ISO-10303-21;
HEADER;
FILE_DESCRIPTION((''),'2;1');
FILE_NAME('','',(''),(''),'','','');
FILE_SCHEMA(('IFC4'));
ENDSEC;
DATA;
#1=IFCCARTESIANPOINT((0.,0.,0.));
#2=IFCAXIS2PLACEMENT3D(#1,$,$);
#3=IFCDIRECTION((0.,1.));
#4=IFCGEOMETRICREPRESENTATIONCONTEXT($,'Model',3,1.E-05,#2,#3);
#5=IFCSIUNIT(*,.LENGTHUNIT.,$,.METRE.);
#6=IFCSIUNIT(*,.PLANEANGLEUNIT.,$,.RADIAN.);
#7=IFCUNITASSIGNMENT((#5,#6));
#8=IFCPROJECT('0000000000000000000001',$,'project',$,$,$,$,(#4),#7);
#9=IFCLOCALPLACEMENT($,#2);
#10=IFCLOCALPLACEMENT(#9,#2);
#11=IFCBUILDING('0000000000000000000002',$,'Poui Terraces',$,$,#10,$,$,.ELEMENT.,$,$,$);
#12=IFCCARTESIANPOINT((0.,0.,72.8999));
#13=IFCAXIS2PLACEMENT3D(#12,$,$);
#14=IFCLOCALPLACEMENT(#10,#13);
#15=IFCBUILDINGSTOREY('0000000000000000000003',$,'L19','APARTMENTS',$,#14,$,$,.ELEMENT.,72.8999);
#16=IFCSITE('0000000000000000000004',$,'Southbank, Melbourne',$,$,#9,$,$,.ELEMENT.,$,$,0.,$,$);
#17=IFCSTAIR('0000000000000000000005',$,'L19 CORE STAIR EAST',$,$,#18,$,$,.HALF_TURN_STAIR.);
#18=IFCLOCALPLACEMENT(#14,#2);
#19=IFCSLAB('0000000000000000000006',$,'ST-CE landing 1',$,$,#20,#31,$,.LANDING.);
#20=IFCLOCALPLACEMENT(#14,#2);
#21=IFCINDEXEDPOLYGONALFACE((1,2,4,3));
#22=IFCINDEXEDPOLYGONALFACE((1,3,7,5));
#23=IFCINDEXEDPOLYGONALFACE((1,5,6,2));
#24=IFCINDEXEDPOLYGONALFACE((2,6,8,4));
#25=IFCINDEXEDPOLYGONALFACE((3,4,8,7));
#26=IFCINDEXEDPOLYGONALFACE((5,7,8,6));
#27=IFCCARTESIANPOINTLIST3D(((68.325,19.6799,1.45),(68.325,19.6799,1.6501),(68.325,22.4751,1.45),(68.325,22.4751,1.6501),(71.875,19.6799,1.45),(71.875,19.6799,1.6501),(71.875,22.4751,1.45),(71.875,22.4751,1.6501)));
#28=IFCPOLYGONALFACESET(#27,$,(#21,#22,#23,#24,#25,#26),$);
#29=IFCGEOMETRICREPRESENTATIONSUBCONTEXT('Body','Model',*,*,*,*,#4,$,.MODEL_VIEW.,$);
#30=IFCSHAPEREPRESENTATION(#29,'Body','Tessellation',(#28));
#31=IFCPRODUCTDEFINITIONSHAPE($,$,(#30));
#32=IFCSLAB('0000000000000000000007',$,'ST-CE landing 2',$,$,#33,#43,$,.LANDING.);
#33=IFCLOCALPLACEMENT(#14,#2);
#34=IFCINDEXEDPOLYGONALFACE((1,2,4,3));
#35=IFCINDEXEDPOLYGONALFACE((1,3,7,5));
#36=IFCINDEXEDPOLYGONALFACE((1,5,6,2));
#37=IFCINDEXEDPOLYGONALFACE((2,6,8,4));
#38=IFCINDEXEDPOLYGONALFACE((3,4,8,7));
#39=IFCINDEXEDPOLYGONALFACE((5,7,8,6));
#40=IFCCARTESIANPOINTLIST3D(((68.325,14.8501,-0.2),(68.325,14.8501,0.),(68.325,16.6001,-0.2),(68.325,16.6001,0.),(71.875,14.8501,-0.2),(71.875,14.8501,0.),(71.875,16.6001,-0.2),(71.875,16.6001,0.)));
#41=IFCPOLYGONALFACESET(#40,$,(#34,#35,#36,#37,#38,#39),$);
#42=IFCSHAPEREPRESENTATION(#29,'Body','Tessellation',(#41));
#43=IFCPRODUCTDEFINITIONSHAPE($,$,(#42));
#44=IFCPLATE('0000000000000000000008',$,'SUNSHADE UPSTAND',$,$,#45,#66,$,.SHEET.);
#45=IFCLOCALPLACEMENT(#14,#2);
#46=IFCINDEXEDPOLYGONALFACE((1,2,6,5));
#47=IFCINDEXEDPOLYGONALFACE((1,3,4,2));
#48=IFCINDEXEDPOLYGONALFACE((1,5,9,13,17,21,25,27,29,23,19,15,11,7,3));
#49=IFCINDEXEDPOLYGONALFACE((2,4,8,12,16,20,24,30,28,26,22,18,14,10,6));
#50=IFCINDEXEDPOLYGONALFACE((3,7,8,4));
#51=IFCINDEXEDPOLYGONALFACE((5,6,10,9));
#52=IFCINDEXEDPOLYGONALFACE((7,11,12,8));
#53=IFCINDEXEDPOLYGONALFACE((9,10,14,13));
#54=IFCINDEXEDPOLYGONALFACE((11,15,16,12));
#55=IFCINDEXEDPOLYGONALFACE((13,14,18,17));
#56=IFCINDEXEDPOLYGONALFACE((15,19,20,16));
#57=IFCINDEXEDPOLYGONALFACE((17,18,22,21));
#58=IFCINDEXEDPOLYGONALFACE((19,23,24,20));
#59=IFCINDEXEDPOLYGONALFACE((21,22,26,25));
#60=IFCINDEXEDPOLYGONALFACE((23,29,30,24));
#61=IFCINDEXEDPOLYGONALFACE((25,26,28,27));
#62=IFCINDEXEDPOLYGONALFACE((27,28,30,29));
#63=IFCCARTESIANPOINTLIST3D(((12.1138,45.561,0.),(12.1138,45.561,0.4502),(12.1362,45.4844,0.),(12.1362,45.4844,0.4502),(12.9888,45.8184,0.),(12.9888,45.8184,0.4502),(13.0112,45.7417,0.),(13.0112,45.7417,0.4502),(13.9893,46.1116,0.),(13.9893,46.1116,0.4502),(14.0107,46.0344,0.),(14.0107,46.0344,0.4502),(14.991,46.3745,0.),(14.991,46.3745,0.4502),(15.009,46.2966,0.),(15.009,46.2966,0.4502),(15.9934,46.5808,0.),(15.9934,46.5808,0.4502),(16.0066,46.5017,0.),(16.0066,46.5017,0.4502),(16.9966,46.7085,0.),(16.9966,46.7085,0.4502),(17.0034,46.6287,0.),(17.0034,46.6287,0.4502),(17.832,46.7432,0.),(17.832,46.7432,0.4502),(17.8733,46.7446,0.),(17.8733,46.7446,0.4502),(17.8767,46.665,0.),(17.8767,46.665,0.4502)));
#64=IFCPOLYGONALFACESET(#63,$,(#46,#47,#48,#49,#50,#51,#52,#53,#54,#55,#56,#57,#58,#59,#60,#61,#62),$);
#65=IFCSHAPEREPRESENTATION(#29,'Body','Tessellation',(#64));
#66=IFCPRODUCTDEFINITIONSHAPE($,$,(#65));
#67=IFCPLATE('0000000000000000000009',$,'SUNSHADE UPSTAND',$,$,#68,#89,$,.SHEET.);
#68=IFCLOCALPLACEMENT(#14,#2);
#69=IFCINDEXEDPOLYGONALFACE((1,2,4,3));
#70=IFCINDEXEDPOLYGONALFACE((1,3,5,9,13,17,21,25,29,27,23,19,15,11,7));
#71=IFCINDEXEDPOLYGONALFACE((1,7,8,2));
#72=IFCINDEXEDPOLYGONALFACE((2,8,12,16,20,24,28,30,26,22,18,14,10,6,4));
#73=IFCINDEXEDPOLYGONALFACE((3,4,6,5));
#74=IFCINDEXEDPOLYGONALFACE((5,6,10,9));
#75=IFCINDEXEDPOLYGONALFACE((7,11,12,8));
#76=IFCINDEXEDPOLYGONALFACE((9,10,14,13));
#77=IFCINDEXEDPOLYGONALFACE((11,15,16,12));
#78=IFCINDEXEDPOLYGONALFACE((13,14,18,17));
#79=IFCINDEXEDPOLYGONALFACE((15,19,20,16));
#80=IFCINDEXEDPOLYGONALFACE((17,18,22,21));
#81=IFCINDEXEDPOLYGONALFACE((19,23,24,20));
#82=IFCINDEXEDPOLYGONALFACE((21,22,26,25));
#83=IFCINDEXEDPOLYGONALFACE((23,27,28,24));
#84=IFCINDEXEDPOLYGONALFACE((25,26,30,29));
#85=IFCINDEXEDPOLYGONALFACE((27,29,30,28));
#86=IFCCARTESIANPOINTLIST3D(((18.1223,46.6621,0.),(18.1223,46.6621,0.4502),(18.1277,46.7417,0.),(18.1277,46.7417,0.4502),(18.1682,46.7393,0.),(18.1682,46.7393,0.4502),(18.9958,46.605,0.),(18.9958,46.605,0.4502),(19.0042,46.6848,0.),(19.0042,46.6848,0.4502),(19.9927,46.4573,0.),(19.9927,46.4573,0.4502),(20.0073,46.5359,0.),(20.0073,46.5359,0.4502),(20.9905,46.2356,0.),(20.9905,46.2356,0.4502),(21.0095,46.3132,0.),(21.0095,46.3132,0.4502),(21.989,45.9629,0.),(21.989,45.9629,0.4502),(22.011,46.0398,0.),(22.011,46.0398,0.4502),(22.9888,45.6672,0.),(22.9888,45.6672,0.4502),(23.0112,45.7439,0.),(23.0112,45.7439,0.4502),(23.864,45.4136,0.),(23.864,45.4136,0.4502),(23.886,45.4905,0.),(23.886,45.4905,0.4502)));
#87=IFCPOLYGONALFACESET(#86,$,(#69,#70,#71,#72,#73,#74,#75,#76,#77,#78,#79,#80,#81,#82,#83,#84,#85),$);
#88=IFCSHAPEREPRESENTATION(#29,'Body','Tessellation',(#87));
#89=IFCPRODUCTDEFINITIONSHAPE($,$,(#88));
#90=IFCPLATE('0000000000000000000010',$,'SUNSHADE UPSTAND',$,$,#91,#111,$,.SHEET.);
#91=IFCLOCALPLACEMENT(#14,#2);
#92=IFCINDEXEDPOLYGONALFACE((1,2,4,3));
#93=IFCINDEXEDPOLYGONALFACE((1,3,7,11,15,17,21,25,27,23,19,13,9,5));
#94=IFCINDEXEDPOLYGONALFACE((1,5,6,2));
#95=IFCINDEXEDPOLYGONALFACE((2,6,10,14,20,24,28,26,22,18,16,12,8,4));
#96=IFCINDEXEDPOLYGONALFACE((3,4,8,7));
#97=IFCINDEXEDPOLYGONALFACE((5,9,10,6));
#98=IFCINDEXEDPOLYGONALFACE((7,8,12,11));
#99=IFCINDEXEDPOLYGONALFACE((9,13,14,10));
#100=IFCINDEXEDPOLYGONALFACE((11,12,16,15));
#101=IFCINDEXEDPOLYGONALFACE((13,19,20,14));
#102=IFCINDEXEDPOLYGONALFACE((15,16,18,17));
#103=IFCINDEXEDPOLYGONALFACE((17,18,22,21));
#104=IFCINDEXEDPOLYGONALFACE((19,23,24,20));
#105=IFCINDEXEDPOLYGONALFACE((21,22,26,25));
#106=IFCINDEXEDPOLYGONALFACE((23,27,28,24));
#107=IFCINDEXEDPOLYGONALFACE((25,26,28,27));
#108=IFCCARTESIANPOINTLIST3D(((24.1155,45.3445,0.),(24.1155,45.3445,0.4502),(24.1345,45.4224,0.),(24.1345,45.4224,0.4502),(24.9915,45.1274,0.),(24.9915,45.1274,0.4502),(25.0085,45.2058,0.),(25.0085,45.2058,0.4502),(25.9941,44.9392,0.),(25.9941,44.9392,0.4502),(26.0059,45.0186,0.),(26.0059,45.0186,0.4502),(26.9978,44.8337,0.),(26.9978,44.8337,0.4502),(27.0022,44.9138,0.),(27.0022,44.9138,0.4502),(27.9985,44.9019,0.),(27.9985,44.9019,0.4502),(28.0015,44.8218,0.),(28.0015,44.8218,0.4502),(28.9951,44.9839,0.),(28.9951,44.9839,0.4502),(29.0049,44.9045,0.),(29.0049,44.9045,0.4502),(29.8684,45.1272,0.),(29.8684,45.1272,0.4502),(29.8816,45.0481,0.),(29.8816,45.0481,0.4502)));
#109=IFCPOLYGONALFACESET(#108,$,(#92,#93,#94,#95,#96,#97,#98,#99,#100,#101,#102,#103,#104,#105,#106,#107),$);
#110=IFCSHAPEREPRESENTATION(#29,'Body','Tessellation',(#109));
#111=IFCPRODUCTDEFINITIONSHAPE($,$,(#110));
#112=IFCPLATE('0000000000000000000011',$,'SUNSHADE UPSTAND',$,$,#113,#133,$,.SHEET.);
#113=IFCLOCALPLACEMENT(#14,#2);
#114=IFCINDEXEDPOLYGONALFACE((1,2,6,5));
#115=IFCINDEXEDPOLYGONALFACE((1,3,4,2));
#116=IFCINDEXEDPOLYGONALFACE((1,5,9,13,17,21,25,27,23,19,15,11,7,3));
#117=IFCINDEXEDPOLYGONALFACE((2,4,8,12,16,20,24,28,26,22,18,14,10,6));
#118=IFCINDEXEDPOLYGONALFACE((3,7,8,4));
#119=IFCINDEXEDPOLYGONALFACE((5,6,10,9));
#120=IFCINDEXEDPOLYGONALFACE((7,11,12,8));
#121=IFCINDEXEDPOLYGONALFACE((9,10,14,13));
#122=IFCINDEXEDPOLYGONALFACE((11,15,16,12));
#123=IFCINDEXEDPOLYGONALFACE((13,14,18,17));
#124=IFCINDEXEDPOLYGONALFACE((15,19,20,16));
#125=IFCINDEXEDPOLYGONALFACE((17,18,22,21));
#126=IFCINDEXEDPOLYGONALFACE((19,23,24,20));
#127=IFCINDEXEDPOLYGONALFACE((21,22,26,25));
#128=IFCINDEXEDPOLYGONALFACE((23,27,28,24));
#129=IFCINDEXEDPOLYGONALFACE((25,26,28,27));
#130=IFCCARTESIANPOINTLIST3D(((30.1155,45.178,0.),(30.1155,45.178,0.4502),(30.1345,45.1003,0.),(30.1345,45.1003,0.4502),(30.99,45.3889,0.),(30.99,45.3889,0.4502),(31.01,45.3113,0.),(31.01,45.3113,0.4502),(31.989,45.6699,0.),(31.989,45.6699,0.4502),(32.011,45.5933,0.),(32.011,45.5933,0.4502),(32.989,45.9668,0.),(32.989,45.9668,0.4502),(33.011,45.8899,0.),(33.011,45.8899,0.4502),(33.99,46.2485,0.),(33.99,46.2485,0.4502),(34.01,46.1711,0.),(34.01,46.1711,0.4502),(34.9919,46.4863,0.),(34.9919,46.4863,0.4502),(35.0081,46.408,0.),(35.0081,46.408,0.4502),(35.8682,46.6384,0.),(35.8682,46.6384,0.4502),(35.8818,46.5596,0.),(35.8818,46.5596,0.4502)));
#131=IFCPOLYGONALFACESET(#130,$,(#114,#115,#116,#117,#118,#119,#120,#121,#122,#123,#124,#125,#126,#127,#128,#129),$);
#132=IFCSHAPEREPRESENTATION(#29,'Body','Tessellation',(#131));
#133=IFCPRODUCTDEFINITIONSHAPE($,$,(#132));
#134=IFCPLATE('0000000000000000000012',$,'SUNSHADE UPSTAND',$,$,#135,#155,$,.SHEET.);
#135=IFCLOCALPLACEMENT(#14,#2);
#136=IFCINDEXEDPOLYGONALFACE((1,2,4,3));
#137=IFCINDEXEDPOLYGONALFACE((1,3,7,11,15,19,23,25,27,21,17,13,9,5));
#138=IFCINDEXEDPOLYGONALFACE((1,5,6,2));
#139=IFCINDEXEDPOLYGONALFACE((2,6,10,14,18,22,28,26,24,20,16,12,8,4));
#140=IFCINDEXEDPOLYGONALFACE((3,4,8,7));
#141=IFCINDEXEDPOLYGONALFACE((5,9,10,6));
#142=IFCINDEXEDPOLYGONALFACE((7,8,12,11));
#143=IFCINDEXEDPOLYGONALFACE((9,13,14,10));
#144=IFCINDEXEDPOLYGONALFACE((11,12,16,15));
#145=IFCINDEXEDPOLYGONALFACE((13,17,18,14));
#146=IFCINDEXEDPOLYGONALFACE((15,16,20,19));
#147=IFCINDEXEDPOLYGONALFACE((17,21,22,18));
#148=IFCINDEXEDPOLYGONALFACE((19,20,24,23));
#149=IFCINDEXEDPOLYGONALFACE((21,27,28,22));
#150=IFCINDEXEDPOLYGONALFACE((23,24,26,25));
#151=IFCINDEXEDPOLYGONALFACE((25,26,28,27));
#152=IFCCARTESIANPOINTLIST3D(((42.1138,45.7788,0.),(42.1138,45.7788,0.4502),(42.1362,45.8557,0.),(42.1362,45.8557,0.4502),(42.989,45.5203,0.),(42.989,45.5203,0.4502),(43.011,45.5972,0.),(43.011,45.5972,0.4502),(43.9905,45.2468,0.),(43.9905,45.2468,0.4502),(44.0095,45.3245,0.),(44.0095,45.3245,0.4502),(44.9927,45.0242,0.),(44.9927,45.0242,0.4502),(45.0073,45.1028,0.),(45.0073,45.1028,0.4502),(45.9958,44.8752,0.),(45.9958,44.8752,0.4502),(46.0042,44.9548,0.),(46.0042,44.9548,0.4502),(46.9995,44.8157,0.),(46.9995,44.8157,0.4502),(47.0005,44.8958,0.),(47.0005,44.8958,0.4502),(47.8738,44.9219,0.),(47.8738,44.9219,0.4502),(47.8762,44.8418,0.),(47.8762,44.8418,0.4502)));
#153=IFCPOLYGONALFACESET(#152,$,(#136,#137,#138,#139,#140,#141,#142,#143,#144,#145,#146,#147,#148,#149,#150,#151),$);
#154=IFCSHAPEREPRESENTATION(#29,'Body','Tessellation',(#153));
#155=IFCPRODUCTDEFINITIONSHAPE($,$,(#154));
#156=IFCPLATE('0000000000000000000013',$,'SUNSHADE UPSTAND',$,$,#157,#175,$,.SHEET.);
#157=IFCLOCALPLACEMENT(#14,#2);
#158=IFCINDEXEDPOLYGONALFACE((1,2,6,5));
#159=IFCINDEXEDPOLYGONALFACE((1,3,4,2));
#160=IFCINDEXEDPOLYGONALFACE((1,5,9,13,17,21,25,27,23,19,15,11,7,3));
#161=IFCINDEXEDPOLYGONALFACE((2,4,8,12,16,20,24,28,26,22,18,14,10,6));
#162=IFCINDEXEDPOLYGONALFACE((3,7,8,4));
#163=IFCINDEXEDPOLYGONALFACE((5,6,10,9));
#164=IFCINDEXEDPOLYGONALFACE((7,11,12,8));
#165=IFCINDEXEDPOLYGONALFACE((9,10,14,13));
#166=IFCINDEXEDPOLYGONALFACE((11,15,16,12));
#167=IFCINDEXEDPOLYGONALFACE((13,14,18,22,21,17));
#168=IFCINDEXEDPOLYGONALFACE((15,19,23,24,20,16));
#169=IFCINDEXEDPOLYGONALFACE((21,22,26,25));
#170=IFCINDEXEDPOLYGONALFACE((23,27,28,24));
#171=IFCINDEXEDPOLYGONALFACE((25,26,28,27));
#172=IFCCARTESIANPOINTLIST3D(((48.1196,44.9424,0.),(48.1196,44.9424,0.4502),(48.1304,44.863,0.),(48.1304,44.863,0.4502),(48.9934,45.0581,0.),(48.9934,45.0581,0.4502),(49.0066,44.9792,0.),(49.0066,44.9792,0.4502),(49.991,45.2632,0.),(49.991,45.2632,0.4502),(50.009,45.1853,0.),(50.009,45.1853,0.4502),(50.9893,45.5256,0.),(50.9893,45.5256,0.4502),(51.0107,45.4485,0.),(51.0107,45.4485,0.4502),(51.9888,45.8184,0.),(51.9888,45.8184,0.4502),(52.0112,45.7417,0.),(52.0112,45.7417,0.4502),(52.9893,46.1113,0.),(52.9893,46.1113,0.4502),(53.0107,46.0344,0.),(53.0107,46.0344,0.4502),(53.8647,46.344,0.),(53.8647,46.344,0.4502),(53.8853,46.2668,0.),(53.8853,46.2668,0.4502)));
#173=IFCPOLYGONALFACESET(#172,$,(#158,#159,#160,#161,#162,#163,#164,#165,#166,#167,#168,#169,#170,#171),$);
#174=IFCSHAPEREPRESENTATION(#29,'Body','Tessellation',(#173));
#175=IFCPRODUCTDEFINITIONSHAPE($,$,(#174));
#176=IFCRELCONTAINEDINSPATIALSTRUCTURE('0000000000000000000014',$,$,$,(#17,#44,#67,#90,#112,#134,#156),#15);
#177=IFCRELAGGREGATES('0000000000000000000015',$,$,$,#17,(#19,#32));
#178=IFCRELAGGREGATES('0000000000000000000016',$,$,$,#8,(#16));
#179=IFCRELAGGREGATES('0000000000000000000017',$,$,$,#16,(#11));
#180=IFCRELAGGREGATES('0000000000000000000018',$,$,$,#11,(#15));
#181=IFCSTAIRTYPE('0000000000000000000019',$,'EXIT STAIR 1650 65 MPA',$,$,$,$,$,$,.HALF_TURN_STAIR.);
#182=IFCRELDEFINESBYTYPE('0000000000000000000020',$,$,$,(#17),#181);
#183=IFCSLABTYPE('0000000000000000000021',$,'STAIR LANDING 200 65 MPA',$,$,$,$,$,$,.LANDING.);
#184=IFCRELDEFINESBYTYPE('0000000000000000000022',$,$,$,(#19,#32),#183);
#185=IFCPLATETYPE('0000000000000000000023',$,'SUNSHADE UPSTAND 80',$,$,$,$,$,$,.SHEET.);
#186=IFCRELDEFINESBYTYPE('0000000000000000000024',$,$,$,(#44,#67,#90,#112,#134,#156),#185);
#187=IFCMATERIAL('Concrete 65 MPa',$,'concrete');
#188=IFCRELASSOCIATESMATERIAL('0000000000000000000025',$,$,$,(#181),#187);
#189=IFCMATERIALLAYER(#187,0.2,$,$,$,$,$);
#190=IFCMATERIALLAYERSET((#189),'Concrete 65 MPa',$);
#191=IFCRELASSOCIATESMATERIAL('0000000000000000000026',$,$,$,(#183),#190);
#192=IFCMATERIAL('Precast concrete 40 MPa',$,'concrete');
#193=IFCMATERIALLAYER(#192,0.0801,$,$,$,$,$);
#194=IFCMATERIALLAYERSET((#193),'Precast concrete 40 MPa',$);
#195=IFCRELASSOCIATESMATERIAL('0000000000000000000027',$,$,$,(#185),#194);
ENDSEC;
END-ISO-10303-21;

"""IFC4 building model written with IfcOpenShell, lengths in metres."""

from ifc_helpers import new_model, si_unit, direction, frame, origin, place, context, subcontext, project, spatial, polyline, outline, extrude, material, layer, layer_set, type_object, element, aggregate, save


model = new_model("IFC4")

# Units and contexts
model_context = context("Model", 3, precision=1e-05, world=origin(), true_north=direction((0.0, 1.0)))
body_context = subcontext(model_context, "Body", "Model", "MODEL_VIEW")
ifc_project = project(units=[si_unit("LENGTHUNIT", "METRE"), si_unit("PLANEANGLEUNIT", "RADIAN")], contexts=[model_context])

# Site, building, storey
site_placement = place(None, origin())
site = spatial("IfcSite", under=ifc_project, at=site_placement, Name="Southbank, Melbourne", CompositionType="ELEMENT", RefElevation=0.0)
building_placement = place(site_placement, origin())
building = spatial("IfcBuilding", under=site, at=building_placement, Name="Poui Terraces", CompositionType="ELEMENT")
storey_placement = place(building_placement, frame((0.0, 0.0, 72.8999)))
storey = spatial("IfcBuildingStorey", under=building, at=storey_placement, Name="L19", Description="APARTMENTS", CompositionType="ELEMENT", Elevation=72.8999)

# Shared definitions
ifc_material_1 = material(Name="Precast concrete 40 MPa", Category="concrete")

# Stair, slabs
ifc_material_2 = material(Name="Concrete 65 MPa", Category="concrete")
stair_type = type_object("IfcStairType", Name="EXIT STAIR 1650 65 MPA", PredefinedType="HALF_TURN_STAIR", material=ifc_material_2)
stair_placement = place(storey_placement, origin())
stair = element("IfcStair", 1, at=stair_placement, inside=storey, type_object=stair_type, Name="L19 CORE STAIR EAST", PredefinedType="HALF_TURN_STAIR")
ifc_layer_1 = layer(ifc_material_2, 0.2)
ifc_layer_set_1 = layer_set([ifc_layer_1], Name="Concrete 65 MPa")
slab_type_1 = type_object("IfcSlabType", Name="STAIR LANDING 200 65 MPA", PredefinedType="LANDING", material=ifc_layer_set_1)
slab_1_placement = place(storey_placement, frame((0.0, 0.0, 1.45)))
slab_1 = element("IfcSlab", 2, at=slab_1_placement, type_object=slab_type_1, Name="ST-CE landing 1", PredefinedType="LANDING", context=body_context, shape_type="SweptSolid", body=[
    extrude(outline(polyline([(68.325, 19.6799), (71.875, 19.6799), (71.875, 22.4751), (68.325, 22.4751), (68.325, 19.6799)])), origin(), (0.0, 0.0, 1.0), 0.2002),
])
slab_2_placement = place(storey_placement, frame((0.0, 0.0, -0.2)))
slab_2 = element("IfcSlab", 3, at=slab_2_placement, type_object=slab_type_1, Name="ST-CE landing 2", PredefinedType="LANDING", context=body_context, shape_type="SweptSolid", body=[
    extrude(outline(polyline([(68.325, 14.8501), (71.875, 14.8501), (71.875, 16.6001), (68.325, 16.6001), (68.325, 14.8501)])), origin(), (0.0, 0.0, 1.0), 0.2),
])
aggregate(stair, [slab_1, slab_2])

# Plates
ifc_layer_2 = layer(ifc_material_1, 0.0801)
ifc_layer_set_2 = layer_set([ifc_layer_2], Name="Precast concrete 40 MPa")
plate_type = type_object("IfcPlateType", Name="SUNSHADE UPSTAND 80", PredefinedType="SHEET", material=ifc_layer_set_2)
plate_1_placement = place(storey_placement, origin())
element("IfcPlate", 4, at=plate_1_placement, inside=storey, type_object=plate_type, Name="SUNSHADE UPSTAND", PredefinedType="SHEET", context=body_context, shape_type="SweptSolid", body=[
    extrude(outline(polyline([(12.9888, 45.8184), (12.1138, 45.561), (12.1362, 45.4844), (13.0112, 45.7417), (14.0107, 46.0344), (15.009, 46.2966), (16.0066, 46.5017), (17.0034, 46.6287), (17.8767, 46.665), (17.8733, 46.7446), (17.832, 46.7432), (16.9966, 46.7085), (15.9934, 46.5808), (14.991, 46.3745), (13.9893, 46.1116), (12.9888, 45.8184)])), origin(), (0.0, 0.0, 1.0), 0.4502),
])
plate_2_placement = place(storey_placement, origin())
element("IfcPlate", 5, at=plate_2_placement, inside=storey, type_object=plate_type, Name="SUNSHADE UPSTAND", PredefinedType="SHEET", context=body_context, shape_type="SweptSolid", body=[
    extrude(outline(polyline([(19.0042, 46.6848), (18.1682, 46.7393), (18.1277, 46.7417), (18.1223, 46.6621), (18.9958, 46.605), (19.9927, 46.4573), (20.9905, 46.2356), (21.989, 45.9629), (22.9888, 45.6672), (23.864, 45.4136), (23.886, 45.4905), (23.0112, 45.7439), (22.011, 46.0398), (21.0095, 46.3132), (20.0073, 46.5359), (19.0042, 46.6848)])), origin(), (0.0, 0.0, 1.0), 0.4502),
])
plate_3_placement = place(storey_placement, origin())
element("IfcPlate", 6, at=plate_3_placement, inside=storey, type_object=plate_type, Name="SUNSHADE UPSTAND", PredefinedType="SHEET", context=body_context, shape_type="SweptSolid", body=[
    extrude(outline(polyline([(25.0085, 45.2058), (24.1345, 45.4224), (24.1155, 45.3445), (24.9915, 45.1274), (25.9941, 44.9392), (26.9978, 44.8337), (28.0015, 44.8218), (29.0049, 44.9045), (29.8816, 45.0481), (29.8684, 45.1272), (28.9951, 44.9839), (27.9985, 44.9019), (27.0022, 44.9138), (26.0059, 45.0186), (25.0085, 45.2058)])), origin(), (0.0, 0.0, 1.0), 0.4502),
])
plate_4_placement = place(storey_placement, origin())
element("IfcPlate", 7, at=plate_4_placement, inside=storey, type_object=plate_type, Name="SUNSHADE UPSTAND", PredefinedType="SHEET", context=body_context, shape_type="SweptSolid", body=[
    extrude(outline(polyline([(30.99, 45.3889), (30.1155, 45.178), (30.1345, 45.1003), (31.01, 45.3113), (32.011, 45.5933), (33.011, 45.8899), (34.01, 46.1711), (35.0081, 46.408), (35.8818, 46.5596), (35.8682, 46.6384), (34.9919, 46.4863), (33.99, 46.2485), (32.989, 45.9668), (31.989, 45.6699), (30.99, 45.3889)])), origin(), (0.0, 0.0, 1.0), 0.4502),
])
plate_5_placement = place(storey_placement, origin())
element("IfcPlate", 8, at=plate_5_placement, inside=storey, type_object=plate_type, Name="SUNSHADE UPSTAND", PredefinedType="SHEET", context=body_context, shape_type="SweptSolid", body=[
    extrude(outline(polyline([(43.011, 45.5972), (42.1362, 45.8557), (42.1138, 45.7788), (42.989, 45.5203), (43.9905, 45.2468), (44.9927, 45.0242), (45.9958, 44.8752), (46.9995, 44.8157), (47.8762, 44.8418), (47.8738, 44.9219), (47.0005, 44.8958), (46.0042, 44.9548), (45.0073, 45.1028), (44.0095, 45.3245), (43.011, 45.5972)])), origin(), (0.0, 0.0, 1.0), 0.4502),
])
plate_6_placement = place(storey_placement, origin())
element("IfcPlate", 9, at=plate_6_placement, inside=storey, type_object=plate_type, Name="SUNSHADE UPSTAND", PredefinedType="SHEET", context=body_context, shape_type="SweptSolid", body=[
    extrude(outline(polyline([(48.9934, 45.0581), (48.1196, 44.9424), (48.1304, 44.863), (49.0066, 44.9792), (50.009, 45.1853), (51.0107, 45.4485), (52.0112, 45.7417), (53.0107, 46.0344), (53.8853, 46.2668), (53.8647, 46.344), (52.9893, 46.1113), (51.9888, 45.8184), (50.9893, 45.5256), (49.991, 45.2632), (48.9934, 45.0581)])), origin(), (0.0, 0.0, 1.0), 0.4502),
])

save(model, "model.ifc")
